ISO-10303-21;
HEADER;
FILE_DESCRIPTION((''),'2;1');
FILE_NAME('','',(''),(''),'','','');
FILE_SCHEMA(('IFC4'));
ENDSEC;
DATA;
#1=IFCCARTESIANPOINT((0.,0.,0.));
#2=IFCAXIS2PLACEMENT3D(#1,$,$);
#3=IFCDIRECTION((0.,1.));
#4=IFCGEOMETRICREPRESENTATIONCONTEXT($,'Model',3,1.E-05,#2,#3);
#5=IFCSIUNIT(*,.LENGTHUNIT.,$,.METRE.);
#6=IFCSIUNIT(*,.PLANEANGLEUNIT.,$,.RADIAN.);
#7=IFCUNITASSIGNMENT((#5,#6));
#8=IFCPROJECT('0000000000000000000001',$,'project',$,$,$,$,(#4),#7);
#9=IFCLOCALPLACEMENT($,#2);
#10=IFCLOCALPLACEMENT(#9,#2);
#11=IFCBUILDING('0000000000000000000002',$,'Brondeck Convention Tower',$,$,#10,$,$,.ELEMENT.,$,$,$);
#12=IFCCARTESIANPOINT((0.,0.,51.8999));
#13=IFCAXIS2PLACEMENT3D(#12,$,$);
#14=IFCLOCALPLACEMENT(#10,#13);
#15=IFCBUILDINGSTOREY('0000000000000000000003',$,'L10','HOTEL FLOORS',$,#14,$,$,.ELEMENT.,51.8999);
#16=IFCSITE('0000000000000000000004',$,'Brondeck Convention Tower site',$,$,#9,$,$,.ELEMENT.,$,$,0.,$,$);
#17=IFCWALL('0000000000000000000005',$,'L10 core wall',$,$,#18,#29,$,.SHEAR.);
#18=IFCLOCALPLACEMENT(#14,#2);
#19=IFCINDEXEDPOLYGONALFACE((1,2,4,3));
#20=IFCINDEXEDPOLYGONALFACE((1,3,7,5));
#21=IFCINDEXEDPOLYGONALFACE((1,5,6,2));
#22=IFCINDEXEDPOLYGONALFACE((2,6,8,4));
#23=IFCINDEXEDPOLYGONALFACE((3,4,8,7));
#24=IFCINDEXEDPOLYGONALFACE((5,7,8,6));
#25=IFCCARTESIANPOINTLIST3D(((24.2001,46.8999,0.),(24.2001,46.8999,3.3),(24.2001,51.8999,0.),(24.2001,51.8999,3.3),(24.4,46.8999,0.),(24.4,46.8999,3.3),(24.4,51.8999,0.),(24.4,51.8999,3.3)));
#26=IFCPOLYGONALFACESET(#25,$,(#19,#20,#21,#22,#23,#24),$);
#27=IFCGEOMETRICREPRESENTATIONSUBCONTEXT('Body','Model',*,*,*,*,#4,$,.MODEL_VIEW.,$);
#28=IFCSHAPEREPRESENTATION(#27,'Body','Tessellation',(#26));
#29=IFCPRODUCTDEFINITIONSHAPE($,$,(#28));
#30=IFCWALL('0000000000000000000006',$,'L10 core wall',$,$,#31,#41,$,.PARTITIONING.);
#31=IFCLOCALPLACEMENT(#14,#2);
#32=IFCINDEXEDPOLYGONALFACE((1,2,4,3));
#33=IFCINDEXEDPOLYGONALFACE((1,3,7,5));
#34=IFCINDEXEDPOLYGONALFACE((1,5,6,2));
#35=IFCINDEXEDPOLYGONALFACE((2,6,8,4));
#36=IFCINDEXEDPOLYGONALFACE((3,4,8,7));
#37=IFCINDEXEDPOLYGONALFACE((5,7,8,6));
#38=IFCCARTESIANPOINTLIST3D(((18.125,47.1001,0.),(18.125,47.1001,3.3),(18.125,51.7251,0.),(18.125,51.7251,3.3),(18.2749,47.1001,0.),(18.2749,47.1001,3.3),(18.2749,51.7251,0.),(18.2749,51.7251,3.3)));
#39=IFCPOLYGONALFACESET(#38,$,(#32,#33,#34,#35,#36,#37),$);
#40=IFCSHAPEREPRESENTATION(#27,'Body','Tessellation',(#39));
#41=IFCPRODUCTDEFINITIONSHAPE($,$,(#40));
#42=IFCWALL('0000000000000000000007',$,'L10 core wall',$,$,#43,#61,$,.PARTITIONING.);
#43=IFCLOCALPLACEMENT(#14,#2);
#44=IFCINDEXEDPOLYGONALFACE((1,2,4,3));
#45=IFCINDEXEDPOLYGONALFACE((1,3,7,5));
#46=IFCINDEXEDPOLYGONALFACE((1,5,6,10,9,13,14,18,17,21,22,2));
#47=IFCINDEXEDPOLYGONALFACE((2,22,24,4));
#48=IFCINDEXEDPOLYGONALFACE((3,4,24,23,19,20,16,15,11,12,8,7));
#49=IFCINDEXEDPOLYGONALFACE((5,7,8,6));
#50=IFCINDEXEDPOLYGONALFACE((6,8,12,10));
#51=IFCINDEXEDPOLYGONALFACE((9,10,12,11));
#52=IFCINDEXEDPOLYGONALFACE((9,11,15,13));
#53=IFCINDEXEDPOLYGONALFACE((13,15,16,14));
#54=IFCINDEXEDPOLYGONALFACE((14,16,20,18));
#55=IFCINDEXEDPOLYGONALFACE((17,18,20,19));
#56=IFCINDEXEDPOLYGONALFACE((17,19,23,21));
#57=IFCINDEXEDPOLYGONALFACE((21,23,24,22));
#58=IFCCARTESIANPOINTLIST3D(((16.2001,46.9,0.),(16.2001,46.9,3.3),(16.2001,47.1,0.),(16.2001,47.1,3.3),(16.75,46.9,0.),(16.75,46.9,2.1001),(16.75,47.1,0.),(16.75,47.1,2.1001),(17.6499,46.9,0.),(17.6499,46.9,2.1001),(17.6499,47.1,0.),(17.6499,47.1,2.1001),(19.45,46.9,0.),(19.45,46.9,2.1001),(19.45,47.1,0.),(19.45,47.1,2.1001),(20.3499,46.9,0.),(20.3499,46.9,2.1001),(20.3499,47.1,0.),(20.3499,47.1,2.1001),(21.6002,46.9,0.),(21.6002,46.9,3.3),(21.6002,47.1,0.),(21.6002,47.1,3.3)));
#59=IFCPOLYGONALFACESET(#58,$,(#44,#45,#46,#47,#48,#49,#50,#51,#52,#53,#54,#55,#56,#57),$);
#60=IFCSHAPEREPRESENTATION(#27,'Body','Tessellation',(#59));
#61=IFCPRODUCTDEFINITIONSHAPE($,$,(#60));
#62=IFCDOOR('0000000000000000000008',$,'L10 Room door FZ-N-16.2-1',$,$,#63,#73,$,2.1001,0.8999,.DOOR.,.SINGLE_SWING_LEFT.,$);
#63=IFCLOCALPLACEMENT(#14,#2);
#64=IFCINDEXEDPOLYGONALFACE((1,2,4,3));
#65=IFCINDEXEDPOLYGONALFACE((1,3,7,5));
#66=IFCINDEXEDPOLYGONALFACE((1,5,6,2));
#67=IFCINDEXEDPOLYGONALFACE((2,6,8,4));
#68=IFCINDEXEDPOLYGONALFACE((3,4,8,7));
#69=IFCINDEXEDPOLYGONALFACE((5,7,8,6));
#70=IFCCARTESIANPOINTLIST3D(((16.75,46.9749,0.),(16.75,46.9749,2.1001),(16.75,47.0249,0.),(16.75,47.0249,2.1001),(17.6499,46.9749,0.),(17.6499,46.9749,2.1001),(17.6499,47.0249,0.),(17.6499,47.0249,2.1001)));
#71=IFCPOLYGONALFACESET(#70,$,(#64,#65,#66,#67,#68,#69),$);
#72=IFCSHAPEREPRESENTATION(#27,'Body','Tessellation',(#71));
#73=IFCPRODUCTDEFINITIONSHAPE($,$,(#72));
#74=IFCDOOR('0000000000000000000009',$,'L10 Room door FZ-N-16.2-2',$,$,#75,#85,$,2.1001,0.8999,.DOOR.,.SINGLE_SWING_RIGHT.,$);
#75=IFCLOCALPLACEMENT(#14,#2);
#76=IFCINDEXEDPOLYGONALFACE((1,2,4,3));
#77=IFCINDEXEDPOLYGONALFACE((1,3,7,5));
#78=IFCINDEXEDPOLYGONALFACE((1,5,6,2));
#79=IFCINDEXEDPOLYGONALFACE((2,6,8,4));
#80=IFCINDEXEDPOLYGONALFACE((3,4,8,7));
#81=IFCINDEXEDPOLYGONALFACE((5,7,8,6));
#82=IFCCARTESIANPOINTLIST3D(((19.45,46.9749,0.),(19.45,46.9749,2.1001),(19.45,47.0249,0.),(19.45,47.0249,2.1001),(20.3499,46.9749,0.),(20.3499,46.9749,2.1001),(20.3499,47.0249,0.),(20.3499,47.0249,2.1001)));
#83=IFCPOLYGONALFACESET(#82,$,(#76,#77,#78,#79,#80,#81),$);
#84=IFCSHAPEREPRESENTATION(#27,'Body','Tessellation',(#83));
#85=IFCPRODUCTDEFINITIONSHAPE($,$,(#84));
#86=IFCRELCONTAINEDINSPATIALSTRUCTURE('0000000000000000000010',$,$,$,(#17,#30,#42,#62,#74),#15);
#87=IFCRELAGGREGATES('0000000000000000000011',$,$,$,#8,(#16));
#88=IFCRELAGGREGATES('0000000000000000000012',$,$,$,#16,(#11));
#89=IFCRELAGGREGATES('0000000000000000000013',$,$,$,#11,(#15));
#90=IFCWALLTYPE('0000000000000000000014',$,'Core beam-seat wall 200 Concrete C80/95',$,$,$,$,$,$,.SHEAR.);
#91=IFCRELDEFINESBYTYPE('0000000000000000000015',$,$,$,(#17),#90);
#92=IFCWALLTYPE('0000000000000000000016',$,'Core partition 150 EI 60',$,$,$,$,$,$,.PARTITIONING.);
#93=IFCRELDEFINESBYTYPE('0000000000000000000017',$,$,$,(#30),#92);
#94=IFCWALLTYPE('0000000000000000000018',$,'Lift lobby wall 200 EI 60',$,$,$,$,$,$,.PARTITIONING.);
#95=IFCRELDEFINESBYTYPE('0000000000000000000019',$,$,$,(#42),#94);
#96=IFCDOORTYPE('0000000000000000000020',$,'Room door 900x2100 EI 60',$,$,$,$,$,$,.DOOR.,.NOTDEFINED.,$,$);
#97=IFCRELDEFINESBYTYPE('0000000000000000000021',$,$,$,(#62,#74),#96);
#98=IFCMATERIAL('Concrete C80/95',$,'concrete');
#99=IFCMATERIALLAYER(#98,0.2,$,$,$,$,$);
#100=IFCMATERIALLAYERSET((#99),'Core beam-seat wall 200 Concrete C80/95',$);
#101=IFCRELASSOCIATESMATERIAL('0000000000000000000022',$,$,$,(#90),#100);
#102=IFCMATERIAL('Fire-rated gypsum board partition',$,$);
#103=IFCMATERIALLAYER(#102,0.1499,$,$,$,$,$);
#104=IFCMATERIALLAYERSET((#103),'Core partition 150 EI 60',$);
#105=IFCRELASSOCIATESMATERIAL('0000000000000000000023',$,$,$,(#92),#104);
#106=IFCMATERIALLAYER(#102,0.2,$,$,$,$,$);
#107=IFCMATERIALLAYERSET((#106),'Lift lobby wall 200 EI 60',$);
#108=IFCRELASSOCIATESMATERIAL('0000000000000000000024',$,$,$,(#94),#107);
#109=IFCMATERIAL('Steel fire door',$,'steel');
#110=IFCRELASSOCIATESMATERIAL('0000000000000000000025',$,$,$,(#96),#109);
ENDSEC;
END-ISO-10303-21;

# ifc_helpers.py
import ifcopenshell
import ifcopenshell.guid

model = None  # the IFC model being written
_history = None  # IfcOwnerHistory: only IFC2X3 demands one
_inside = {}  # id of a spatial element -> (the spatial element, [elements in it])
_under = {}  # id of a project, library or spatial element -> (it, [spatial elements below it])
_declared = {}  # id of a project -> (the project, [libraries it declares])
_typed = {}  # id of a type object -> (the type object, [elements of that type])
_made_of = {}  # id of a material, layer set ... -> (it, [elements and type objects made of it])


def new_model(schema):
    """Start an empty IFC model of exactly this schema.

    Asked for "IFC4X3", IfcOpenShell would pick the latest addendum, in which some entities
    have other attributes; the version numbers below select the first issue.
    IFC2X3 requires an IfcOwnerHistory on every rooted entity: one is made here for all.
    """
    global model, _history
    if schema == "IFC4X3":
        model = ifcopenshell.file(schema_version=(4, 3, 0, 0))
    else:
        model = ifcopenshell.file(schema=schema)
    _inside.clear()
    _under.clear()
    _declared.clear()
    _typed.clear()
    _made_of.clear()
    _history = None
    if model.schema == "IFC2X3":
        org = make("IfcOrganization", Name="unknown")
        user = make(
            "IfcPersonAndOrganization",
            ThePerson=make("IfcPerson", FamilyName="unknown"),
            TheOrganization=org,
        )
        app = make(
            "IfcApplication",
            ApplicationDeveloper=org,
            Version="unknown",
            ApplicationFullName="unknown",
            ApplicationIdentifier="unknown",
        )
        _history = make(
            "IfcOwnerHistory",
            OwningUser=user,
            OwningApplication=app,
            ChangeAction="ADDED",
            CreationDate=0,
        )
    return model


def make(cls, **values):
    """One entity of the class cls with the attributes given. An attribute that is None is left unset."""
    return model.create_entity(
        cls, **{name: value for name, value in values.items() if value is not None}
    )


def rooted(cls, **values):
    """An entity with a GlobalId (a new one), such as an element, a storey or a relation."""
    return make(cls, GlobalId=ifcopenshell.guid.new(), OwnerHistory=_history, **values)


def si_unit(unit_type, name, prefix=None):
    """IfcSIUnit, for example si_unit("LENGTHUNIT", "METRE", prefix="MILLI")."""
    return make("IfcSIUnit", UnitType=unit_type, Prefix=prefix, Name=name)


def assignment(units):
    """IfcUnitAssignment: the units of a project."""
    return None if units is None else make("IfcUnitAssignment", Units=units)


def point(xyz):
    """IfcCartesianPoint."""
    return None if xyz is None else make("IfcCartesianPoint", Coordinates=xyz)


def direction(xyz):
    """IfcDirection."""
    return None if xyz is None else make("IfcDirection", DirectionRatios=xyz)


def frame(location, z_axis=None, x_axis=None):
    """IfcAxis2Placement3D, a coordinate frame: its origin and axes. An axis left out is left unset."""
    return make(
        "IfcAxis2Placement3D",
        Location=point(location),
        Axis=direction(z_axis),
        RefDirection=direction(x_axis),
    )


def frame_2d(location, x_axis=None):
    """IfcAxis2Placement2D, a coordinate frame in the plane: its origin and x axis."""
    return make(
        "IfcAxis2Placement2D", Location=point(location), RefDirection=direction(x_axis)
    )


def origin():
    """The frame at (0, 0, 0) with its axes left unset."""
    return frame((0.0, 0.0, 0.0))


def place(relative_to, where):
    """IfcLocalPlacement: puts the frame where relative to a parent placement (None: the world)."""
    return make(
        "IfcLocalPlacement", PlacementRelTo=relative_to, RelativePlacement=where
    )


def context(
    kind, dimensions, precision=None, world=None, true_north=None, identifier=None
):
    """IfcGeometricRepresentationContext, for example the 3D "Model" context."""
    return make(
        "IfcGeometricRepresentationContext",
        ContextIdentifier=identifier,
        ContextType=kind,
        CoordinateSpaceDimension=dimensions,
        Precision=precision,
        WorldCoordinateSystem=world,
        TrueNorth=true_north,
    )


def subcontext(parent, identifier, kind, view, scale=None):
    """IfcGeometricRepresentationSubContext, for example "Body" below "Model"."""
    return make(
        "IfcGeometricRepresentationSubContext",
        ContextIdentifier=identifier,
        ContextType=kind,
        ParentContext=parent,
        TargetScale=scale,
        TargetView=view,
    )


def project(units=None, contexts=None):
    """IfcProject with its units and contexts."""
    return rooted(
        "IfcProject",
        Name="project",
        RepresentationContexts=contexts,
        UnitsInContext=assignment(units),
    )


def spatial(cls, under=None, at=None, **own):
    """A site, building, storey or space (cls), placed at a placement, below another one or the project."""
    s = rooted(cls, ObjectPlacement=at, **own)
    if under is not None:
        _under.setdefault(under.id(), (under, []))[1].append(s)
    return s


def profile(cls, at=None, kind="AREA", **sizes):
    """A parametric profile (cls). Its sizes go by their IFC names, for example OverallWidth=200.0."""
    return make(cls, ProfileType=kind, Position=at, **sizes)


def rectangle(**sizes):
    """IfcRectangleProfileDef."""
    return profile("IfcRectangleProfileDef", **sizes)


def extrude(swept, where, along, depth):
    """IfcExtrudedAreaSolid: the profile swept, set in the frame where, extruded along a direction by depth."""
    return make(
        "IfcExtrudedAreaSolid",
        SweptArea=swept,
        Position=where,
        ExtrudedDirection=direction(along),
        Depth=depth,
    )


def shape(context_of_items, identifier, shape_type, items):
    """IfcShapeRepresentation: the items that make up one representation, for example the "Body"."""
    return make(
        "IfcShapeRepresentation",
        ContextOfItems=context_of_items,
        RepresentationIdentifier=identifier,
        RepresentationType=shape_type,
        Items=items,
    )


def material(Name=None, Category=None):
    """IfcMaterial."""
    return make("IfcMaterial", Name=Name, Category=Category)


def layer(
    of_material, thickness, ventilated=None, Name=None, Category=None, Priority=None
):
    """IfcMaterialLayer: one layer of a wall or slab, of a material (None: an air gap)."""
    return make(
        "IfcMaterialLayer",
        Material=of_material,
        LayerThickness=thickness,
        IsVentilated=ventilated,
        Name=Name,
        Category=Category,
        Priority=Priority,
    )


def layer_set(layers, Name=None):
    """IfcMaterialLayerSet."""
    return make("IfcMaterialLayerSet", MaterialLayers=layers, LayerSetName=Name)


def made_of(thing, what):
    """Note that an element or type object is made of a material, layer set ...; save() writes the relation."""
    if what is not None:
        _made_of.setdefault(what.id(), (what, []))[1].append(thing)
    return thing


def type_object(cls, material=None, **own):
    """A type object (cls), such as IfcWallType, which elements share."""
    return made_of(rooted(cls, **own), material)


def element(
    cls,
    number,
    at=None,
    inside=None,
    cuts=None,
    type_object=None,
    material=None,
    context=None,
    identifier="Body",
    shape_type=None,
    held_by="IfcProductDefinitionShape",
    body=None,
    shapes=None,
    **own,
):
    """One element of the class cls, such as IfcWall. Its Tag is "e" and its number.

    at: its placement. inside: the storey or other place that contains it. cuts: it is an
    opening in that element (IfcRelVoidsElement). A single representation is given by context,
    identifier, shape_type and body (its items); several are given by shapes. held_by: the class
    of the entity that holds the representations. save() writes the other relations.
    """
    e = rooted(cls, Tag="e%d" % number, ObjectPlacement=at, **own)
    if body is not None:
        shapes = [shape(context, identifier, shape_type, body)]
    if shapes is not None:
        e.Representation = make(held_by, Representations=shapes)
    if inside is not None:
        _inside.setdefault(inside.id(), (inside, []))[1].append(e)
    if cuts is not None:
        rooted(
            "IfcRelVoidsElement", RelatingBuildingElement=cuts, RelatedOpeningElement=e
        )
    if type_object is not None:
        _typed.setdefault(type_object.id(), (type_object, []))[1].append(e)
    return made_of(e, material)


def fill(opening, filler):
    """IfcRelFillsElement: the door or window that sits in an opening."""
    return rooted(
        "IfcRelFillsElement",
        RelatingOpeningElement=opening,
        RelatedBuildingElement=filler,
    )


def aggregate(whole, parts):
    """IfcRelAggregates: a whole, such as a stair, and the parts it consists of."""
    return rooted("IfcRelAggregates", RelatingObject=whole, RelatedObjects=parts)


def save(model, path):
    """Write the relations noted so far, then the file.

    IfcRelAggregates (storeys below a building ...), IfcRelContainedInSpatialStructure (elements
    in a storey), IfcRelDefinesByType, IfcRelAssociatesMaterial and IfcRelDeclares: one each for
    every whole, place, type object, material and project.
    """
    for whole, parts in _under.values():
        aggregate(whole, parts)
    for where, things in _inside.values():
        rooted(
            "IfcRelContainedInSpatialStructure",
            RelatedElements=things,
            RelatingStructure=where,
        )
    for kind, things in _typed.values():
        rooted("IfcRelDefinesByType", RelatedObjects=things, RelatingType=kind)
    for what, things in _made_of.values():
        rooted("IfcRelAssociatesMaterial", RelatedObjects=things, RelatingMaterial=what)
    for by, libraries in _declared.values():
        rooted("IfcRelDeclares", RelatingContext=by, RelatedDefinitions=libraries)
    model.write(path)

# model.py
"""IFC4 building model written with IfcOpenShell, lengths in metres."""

from ifc_helpers import new_model, si_unit, direction, frame, frame_2d, origin, place, context, subcontext, project, spatial, rectangle, extrude, material, layer, layer_set, type_object, element, fill, save


model = new_model("IFC4")

# Units and contexts
model_context = context("Model", 3, precision=1e-05, world=origin(), true_north=direction((0.0, 1.0)))
body_context = subcontext(model_context, "Body", "Model", "MODEL_VIEW")
ifc_project = project(units=[si_unit("LENGTHUNIT", "METRE"), si_unit("PLANEANGLEUNIT", "RADIAN")], contexts=[model_context])

# Site, building, storey
site_placement = place(None, origin())
site = spatial("IfcSite", under=ifc_project, at=site_placement, Name="Brondeck Convention Tower site", CompositionType="ELEMENT", RefElevation=0.0)
building_placement = place(site_placement, origin())
building = spatial("IfcBuilding", under=site, at=building_placement, Name="Brondeck Convention Tower", CompositionType="ELEMENT")
storey_placement = place(building_placement, frame((0.0, 0.0, 51.8999)))
storey = spatial("IfcBuildingStorey", under=building, at=storey_placement, Name="L10", Description="HOTEL FLOORS", CompositionType="ELEMENT", Elevation=51.8999)

# Walls
ifc_material_1 = material(Name="Concrete C80/95", Category="concrete")
ifc_layer_1 = layer(ifc_material_1, 0.2)
ifc_layer_set_1 = layer_set([ifc_layer_1], Name="Core beam-seat wall 200 Concrete C80/95")
wall_type_1 = type_object("IfcWallType", Name="Core beam-seat wall 200 Concrete C80/95", PredefinedType="SHEAR", material=ifc_layer_set_1)
wall_1_placement = place(storey_placement, frame((24.3, 46.8999, 0.0), z_axis=(0.0, 0.0, 1.0), x_axis=(0.0, 1.0, 0.0)))
element("IfcWall", 1, at=wall_1_placement, inside=storey, type_object=wall_type_1, Name="L10 core wall", PredefinedType="SHEAR", context=body_context, shape_type="SweptSolid", body=[
    extrude(rectangle(XDim=5.0, YDim=0.2, at=frame_2d((2.5, 0.0))), origin(), (0.0, 0.0, 1.0), 3.3),
])
ifc_material_2 = material(Name="Fire-rated gypsum board partition")
ifc_layer_2 = layer(ifc_material_2, 0.1499)
ifc_layer_set_2 = layer_set([ifc_layer_2], Name="Core partition 150 EI 60")
wall_type_2 = type_object("IfcWallType", Name="Core partition 150 EI 60", PredefinedType="PARTITIONING", material=ifc_layer_set_2)
wall_2_placement = place(storey_placement, frame((18.2, 47.1001, 0.0), z_axis=(0.0, 0.0, 1.0), x_axis=(0.0, 1.0, 0.0)))
element("IfcWall", 2, at=wall_2_placement, inside=storey, type_object=wall_type_2, Name="L10 core wall", PredefinedType="PARTITIONING", context=body_context, shape_type="SweptSolid", body=[
    extrude(rectangle(XDim=4.625, YDim=0.1499, at=frame_2d((2.3125, 0.0))), origin(), (0.0, 0.0, 1.0), 3.3),
])

# Wall, openings, doors
ifc_layer_3 = layer(ifc_material_2, 0.2)
ifc_layer_set_3 = layer_set([ifc_layer_3], Name="Lift lobby wall 200 EI 60")
wall_type_3 = type_object("IfcWallType", Name="Lift lobby wall 200 EI 60", PredefinedType="PARTITIONING", material=ifc_layer_set_3)
wall_3_placement = place(storey_placement, frame((16.2, 47.0, 0.0), z_axis=(0.0, 0.0, 1.0), x_axis=(1.0, 0.0, 0.0)))
wall_3 = element("IfcWall", 3, at=wall_3_placement, inside=storey, type_object=wall_type_3, Name="L10 core wall", PredefinedType="PARTITIONING", context=body_context, shape_type="SweptSolid", body=[
    extrude(rectangle(XDim=5.4001, YDim=0.2, at=frame_2d((2.7002, 0.0))), origin(), (0.0, 0.0, 1.0), 3.3),
])
opening_1_placement = place(wall_3_placement, frame((0.55, 0.0, 0.0)))
opening_1 = element("IfcOpeningElement", 4, at=opening_1_placement, cuts=wall_3, PredefinedType="OPENING", context=body_context, shape_type="SweptSolid", body=[
    extrude(rectangle(XDim=0.8999, YDim=2.1001, at=frame_2d((0.45, 1.05))), frame((0.0, 0.1099, 0.0), z_axis=(0.0, -1.0, 0.0), x_axis=(1.0, 0.0, 0.0)), (0.0, 0.0, 1.0), 0.22),
])
opening_2_placement = place(wall_3_placement, frame((3.25, 0.0, 0.0)))
opening_2 = element("IfcOpeningElement", 5, at=opening_2_placement, cuts=wall_3, PredefinedType="OPENING", context=body_context, shape_type="SweptSolid", body=[
    extrude(rectangle(XDim=0.8999, YDim=2.1001, at=frame_2d((0.45, 1.05))), frame((0.0, 0.1099, 0.0), z_axis=(0.0, -1.0, 0.0), x_axis=(1.0, 0.0, 0.0)), (0.0, 0.0, 1.0), 0.22),
])
ifc_material_3 = material(Name="Steel fire door", Category="steel")
door_type_1 = type_object("IfcDoorType", Name="Room door 900x2100 EI 60", OperationType="NOTDEFINED", PredefinedType="DOOR", material=ifc_material_3)
door_1_placement = place(opening_1_placement, origin())
door_1 = element("IfcDoor", 6, at=door_1_placement, inside=storey, type_object=door_type_1, Name="L10 Room door FZ-N-16.2-1", OperationType="SINGLE_SWING_LEFT", OverallHeight=2.1001, OverallWidth=0.8999, PredefinedType="DOOR", context=body_context, shape_type="SweptSolid", body=[
    extrude(rectangle(XDim=0.8999, YDim=2.1001, at=frame_2d((0.45, 1.05))), frame((0.0, 0.0249, 0.0), z_axis=(0.0, -1.0, 0.0), x_axis=(1.0, 0.0, 0.0)), (0.0, 0.0, 1.0), 0.05),
])
fill(opening_1, door_1)
door_2_placement = place(opening_2_placement, origin())
door_2 = element("IfcDoor", 7, at=door_2_placement, inside=storey, type_object=door_type_1, Name="L10 Room door FZ-N-16.2-2", OperationType="SINGLE_SWING_RIGHT", OverallHeight=2.1001, OverallWidth=0.8999, PredefinedType="DOOR", context=body_context, shape_type="SweptSolid", body=[
    extrude(rectangle(XDim=0.8999, YDim=2.1001, at=frame_2d((0.45, 1.05))), frame((0.0, 0.0249, 0.0), z_axis=(0.0, -1.0, 0.0), x_axis=(1.0, 0.0, 0.0)), (0.0, 0.0, 1.0), 0.05),
])
fill(opening_2, door_2)

save(model, "model.ifc")
